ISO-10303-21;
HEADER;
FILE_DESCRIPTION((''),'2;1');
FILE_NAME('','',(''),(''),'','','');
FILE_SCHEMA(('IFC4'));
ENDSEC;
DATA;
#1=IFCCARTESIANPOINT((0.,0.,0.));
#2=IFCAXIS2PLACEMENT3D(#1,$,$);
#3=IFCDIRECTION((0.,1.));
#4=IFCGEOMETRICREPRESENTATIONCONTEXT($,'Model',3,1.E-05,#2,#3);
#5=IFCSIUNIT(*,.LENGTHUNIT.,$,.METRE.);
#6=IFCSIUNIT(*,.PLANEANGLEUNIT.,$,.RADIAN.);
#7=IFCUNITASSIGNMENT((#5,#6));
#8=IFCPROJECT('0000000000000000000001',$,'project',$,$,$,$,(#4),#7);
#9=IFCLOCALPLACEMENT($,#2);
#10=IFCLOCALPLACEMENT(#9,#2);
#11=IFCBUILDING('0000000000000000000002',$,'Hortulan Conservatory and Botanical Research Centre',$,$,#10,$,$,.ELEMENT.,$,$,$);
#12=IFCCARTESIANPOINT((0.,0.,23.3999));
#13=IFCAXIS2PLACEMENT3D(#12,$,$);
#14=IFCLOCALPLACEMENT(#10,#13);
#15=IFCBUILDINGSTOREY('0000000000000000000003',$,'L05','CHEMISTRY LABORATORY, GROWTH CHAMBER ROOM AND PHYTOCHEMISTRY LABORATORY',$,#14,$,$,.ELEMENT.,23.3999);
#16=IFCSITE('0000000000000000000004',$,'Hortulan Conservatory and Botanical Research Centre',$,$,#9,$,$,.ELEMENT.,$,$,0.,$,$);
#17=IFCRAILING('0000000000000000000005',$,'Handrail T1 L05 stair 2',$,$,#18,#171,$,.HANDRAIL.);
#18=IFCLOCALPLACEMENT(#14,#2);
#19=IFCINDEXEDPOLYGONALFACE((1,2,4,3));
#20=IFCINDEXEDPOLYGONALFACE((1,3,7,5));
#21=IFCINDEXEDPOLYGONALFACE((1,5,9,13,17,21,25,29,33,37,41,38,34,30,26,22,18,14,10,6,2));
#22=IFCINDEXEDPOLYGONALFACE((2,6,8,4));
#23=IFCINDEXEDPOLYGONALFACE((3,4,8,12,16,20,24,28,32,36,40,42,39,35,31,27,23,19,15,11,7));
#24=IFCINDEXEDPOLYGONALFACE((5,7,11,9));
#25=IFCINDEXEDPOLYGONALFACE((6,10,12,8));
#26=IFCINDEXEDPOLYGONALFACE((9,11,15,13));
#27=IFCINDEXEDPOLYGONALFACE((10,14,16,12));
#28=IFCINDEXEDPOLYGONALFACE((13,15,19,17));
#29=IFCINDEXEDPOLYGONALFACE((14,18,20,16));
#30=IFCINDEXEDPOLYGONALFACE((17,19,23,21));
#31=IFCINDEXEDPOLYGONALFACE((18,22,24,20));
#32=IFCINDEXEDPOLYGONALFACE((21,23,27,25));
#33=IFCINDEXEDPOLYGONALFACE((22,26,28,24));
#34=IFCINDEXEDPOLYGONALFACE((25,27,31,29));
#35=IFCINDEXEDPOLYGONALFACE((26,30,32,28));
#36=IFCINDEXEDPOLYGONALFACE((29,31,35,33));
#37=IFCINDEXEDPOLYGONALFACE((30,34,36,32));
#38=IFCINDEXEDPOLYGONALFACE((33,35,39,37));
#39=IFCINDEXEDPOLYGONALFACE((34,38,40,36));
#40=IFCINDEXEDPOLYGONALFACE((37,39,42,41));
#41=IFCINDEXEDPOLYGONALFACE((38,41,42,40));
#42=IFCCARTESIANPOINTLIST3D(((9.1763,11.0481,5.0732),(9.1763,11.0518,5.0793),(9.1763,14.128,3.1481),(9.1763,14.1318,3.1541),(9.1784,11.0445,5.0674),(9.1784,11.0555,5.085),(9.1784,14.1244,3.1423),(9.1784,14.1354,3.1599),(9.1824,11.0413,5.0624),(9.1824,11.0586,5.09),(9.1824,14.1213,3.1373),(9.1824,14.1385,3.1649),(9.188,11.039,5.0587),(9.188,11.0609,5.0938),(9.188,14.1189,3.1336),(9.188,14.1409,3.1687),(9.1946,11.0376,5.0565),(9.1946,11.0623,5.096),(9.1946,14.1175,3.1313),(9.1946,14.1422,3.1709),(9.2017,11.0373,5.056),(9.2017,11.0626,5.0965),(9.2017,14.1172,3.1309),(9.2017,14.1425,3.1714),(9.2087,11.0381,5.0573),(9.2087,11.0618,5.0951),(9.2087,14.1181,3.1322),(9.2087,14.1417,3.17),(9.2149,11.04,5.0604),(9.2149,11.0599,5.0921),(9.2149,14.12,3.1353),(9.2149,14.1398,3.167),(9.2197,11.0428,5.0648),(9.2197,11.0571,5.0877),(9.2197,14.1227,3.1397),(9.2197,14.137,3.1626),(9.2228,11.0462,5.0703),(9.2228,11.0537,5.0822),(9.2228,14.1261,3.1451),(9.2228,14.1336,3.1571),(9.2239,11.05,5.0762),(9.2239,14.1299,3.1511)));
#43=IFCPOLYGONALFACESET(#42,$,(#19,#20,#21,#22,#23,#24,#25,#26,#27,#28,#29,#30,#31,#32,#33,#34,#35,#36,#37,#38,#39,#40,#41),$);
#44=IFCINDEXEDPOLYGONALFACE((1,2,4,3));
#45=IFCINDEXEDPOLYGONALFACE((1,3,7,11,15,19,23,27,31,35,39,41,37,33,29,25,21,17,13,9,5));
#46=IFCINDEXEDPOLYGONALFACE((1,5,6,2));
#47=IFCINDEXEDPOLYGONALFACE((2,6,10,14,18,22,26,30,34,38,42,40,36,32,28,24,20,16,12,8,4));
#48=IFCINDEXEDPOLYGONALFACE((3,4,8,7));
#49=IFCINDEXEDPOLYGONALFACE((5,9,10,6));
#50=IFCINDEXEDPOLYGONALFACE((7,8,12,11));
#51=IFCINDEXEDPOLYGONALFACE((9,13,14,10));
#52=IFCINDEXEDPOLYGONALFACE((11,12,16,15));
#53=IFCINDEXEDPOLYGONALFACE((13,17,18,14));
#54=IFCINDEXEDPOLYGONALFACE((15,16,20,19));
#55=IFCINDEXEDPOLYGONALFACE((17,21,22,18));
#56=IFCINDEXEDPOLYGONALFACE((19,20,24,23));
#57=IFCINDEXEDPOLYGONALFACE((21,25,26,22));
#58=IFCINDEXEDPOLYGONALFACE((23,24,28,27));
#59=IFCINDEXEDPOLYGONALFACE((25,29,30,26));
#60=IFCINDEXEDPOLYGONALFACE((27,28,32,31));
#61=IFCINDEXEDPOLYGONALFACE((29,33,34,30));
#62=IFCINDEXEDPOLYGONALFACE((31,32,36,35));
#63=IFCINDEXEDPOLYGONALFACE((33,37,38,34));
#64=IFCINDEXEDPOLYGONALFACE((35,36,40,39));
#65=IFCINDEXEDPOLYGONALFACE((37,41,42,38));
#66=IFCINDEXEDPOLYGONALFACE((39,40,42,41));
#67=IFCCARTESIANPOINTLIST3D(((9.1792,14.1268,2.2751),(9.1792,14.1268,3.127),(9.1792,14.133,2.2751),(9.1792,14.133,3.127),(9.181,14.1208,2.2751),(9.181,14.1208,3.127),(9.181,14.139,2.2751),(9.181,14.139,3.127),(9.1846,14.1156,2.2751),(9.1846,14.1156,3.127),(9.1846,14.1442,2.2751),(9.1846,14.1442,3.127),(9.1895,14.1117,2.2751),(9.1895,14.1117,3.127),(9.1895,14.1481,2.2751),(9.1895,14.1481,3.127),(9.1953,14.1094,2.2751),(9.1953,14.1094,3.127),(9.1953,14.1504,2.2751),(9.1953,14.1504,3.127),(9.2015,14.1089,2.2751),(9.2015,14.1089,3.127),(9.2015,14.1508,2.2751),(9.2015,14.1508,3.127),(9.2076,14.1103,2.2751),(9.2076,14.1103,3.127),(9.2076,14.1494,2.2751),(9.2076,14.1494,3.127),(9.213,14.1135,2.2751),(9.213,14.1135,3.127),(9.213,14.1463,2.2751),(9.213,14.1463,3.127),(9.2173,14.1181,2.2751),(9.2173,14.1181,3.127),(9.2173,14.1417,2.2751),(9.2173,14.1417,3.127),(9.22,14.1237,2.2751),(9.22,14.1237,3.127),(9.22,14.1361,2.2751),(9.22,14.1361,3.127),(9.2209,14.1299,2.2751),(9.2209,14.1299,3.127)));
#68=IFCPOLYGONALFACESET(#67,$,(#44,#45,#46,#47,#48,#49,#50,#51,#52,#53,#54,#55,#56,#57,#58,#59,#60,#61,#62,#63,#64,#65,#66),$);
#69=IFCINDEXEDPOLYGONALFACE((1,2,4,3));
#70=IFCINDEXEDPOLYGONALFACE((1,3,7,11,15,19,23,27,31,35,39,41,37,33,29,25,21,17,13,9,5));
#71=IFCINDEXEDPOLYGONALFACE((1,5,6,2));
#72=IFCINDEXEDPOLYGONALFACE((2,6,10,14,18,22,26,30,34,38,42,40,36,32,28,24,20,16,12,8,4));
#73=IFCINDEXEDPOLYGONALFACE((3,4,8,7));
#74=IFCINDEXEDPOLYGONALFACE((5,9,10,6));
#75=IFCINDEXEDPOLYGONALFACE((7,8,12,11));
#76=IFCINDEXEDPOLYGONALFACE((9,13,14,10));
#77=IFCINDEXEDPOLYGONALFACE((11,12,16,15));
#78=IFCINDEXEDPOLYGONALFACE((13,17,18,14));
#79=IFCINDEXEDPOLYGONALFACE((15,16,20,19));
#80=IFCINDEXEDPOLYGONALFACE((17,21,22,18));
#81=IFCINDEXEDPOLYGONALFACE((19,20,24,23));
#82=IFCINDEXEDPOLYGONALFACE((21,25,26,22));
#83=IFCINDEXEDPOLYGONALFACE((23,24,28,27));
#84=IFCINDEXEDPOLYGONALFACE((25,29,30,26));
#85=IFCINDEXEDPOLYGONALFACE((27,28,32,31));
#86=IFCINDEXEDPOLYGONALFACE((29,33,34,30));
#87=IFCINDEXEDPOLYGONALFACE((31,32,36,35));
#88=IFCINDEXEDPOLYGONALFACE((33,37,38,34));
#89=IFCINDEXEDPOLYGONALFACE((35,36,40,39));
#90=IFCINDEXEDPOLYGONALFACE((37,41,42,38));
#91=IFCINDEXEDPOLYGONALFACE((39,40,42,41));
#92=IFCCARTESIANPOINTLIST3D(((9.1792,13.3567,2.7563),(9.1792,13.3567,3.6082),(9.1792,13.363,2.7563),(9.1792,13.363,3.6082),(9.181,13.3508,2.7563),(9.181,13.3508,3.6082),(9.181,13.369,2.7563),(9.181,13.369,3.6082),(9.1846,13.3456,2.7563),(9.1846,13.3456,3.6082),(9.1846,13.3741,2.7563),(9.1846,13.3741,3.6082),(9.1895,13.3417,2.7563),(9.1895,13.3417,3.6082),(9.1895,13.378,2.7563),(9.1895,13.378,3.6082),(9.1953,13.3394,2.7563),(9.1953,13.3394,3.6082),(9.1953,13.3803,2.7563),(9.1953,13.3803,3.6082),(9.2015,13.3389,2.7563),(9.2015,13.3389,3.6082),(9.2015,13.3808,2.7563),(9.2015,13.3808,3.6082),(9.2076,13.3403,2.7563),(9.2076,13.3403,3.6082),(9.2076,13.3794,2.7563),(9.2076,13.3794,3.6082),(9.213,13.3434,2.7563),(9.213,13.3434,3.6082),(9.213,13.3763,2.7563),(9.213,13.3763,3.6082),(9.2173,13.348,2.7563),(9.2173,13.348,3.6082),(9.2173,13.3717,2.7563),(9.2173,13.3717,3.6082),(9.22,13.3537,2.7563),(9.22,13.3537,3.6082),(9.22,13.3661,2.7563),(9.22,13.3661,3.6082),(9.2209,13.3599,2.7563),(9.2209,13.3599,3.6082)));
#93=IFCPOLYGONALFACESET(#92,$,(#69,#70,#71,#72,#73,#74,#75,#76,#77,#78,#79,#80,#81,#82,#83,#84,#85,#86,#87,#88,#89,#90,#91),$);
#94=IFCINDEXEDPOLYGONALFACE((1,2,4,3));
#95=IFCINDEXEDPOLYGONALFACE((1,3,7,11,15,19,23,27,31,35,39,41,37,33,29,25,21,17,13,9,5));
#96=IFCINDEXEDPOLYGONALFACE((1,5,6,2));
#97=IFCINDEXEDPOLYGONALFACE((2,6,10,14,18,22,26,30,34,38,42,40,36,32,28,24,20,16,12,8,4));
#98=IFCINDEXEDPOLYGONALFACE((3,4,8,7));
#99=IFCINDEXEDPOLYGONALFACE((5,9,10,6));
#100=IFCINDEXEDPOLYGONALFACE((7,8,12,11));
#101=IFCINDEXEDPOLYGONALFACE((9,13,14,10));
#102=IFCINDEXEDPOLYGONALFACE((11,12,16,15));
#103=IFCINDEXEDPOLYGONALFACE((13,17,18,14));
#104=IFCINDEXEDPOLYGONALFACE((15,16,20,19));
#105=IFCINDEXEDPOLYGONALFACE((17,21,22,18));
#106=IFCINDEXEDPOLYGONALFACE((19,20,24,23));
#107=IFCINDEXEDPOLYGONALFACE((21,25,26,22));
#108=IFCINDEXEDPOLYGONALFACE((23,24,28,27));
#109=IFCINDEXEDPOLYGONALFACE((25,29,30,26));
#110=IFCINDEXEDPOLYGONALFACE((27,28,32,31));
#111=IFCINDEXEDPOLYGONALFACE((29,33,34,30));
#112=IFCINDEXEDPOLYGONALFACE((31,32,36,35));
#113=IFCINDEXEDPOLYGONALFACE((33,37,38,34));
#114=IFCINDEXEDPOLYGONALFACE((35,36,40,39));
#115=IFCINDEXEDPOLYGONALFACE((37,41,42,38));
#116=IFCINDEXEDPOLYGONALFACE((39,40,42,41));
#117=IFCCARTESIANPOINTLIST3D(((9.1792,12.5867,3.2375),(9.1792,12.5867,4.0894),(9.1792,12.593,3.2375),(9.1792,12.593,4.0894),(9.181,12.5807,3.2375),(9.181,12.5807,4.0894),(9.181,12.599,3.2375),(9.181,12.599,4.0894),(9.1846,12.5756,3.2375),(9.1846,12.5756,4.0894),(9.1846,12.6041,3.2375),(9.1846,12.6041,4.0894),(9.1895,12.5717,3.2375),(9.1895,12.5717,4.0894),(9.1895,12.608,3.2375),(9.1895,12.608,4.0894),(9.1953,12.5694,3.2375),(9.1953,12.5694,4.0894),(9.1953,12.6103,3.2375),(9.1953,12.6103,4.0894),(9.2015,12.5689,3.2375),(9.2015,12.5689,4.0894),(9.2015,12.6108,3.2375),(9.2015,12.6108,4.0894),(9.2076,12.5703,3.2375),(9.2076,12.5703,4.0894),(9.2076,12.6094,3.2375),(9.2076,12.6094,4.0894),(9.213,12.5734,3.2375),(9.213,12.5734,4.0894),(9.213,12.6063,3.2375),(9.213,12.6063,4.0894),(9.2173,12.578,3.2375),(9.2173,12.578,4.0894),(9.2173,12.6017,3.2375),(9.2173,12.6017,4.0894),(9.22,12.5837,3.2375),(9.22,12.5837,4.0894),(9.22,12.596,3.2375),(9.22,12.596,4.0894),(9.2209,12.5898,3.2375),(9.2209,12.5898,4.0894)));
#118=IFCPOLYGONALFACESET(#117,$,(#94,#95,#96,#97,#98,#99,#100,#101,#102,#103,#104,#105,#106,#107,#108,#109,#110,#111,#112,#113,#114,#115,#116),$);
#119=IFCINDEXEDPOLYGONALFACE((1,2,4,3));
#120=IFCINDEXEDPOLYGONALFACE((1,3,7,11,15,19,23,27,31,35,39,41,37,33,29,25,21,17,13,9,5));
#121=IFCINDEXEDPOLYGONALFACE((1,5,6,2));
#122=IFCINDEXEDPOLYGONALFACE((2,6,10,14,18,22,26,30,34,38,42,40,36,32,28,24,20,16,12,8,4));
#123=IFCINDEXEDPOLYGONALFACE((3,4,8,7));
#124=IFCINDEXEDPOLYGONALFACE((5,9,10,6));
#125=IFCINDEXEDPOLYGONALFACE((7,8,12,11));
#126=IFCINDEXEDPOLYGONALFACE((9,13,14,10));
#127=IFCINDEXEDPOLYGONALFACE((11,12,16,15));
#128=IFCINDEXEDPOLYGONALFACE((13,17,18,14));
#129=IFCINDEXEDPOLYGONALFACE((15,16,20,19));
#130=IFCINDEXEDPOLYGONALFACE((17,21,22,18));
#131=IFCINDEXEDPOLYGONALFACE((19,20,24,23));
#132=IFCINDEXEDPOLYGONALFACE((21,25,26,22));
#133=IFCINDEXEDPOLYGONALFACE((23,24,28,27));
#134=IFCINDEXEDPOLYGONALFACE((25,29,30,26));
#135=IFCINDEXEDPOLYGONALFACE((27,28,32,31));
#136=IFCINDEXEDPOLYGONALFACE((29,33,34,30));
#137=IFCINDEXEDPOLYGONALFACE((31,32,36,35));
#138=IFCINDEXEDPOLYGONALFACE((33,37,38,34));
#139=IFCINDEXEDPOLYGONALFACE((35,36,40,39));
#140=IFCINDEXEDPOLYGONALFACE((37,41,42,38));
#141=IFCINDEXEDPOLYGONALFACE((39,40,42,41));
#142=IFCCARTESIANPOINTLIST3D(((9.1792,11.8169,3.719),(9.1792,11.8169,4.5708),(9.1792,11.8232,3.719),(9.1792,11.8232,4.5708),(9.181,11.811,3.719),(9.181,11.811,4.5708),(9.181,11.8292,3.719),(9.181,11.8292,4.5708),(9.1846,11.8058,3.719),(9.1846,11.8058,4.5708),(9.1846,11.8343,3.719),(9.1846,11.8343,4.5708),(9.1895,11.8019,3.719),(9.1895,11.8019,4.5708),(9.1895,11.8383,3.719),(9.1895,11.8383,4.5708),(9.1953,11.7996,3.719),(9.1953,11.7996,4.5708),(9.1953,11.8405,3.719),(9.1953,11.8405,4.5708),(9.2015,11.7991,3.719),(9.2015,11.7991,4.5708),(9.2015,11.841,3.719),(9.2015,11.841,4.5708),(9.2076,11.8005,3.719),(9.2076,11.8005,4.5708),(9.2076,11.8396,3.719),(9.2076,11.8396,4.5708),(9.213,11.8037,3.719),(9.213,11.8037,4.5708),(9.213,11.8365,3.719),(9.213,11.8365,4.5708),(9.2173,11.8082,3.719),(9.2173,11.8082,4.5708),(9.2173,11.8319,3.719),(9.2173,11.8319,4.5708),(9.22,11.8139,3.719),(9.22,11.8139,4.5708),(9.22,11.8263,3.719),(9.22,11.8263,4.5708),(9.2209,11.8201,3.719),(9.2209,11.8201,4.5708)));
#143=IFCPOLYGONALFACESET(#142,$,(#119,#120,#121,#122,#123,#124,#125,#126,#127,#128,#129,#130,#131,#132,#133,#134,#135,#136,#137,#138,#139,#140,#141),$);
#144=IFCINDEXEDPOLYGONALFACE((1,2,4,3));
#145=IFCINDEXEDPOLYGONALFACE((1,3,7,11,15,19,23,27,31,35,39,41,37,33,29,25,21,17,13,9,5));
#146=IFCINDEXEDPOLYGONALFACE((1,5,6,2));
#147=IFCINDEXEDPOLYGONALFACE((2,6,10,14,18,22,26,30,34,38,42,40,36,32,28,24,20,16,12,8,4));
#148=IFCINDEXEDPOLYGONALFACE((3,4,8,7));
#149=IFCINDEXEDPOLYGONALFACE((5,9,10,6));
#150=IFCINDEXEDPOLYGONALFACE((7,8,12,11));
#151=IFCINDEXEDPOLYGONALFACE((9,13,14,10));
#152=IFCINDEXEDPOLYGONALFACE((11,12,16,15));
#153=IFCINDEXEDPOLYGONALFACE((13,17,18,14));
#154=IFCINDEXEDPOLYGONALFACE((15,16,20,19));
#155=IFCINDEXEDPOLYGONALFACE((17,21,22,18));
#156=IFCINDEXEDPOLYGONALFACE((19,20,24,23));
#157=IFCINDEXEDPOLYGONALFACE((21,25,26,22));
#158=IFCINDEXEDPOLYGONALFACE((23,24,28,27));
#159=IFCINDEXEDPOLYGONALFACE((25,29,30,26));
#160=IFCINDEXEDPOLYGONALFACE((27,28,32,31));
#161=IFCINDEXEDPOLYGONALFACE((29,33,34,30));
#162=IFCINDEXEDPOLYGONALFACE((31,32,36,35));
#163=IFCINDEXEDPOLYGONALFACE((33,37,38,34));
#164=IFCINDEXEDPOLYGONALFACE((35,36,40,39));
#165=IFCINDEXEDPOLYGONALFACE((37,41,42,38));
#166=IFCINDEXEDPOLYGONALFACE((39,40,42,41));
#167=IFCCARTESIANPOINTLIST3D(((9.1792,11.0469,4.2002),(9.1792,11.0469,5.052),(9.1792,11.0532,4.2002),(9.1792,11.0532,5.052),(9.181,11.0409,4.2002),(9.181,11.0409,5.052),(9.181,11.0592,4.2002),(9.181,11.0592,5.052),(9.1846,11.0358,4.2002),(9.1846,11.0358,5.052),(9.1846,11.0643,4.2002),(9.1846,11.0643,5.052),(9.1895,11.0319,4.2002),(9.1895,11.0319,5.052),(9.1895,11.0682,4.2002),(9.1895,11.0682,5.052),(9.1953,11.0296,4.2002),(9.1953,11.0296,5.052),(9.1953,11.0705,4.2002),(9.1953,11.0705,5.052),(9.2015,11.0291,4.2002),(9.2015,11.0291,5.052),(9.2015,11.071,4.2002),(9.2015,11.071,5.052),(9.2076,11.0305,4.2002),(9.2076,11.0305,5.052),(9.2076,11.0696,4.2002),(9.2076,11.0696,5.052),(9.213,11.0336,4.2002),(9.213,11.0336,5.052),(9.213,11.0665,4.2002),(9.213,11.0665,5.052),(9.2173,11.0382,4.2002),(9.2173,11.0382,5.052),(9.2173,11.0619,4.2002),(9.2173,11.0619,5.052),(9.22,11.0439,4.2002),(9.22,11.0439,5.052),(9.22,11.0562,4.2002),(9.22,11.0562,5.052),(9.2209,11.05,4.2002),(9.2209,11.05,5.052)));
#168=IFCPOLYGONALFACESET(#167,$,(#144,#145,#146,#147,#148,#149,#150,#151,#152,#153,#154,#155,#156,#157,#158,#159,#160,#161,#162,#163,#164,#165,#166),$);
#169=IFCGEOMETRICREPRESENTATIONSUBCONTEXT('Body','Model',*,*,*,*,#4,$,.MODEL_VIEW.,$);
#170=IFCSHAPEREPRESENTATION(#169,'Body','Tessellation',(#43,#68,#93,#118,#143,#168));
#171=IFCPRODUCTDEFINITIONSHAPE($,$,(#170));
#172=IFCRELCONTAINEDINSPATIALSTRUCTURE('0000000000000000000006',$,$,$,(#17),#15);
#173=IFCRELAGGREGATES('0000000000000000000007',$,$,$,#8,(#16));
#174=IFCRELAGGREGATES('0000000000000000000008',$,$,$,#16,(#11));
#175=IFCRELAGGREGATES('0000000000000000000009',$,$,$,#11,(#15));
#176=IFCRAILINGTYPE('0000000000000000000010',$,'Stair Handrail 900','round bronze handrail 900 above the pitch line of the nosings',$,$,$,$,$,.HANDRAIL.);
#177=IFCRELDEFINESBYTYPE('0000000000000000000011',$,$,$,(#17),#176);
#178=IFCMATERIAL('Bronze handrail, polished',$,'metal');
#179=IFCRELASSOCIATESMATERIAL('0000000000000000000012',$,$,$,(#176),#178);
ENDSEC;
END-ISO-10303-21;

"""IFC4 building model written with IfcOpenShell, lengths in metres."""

from ifc_helpers import new_model, si_unit, direction, frame, origin, origin_2d, place, context, subcontext, project, spatial, circle, extrude, material, type_object, element, save


model = new_model("IFC4")

# Units and contexts
model_context = context("Model", 3, precision=1e-05, world=origin(), true_north=direction((0.0, 1.0)))
body_context = subcontext(model_context, "Body", "Model", "MODEL_VIEW")
ifc_project = project(units=[si_unit("LENGTHUNIT", "METRE"), si_unit("PLANEANGLEUNIT", "RADIAN")], contexts=[model_context])

# Site, building, storey
site_placement = place(None, origin())
site = spatial("IfcSite", under=ifc_project, at=site_placement, Name="Hortulan Conservatory and Botanical Research Centre", CompositionType="ELEMENT", RefElevation=0.0)
building_placement = place(site_placement, origin())
building = spatial("IfcBuilding", under=site, at=building_placement, Name="Hortulan Conservatory and Botanical Research Centre", CompositionType="ELEMENT")
storey_placement = place(building_placement, frame((0.0, 0.0, 23.3999)))
storey = spatial("IfcBuildingStorey", under=building, at=storey_placement, Name="L05", Description="CHEMISTRY LABORATORY, GROWTH CHAMBER ROOM AND PHYTOCHEMISTRY LABORATORY", CompositionType="ELEMENT", Elevation=23.3999)

# Railing
ifc_material_1 = material(Name="Bronze handrail, polished", Category="metal")
railing_type_1 = type_object("IfcRailingType", Name="Stair Handrail 900", Description="round bronze handrail 900 above the pitch line of the nosings", PredefinedType="HANDRAIL", material=ifc_material_1)
railing_1_placement = place(storey_placement, frame((9.2, 14.1299, 2.2751)))
element("IfcRailing", 1, at=railing_1_placement, inside=storey, type_object=railing_type_1, Name="Handrail T1 L05 stair 2", PredefinedType="HANDRAIL", context=body_context, shape_type="SweptSolid", body=[
    extrude(circle(Radius=0.0239, at=origin_2d()), frame((0.0, 0.0, 0.876), z_axis=(0.0, -0.847979, 0.530029), x_axis=(1.0, 0.0, 0.0)), (0.0, 0.0, 1.0), 3.6321),
    extrude(circle(Radius=0.021, at=origin_2d()), origin(), (0.0, 0.0, 1.0), 0.8518),
    extrude(circle(Radius=0.021, at=origin_2d()), frame((0.0, -0.77, 0.4812)), (0.0, 0.0, 1.0), 0.8518),
    extrude(circle(Radius=0.021, at=origin_2d()), frame((0.0, -1.54, 0.9624)), (0.0, 0.0, 1.0), 0.8518),
    extrude(circle(Radius=0.021, at=origin_2d()), frame((0.0, -2.3098, 1.4438)), (0.0, 0.0, 1.0), 0.8518),
    extrude(circle(Radius=0.021, at=origin_2d()), frame((0.0, -3.0798, 1.925)), (0.0, 0.0, 1.0), 0.8518),
])

save(model, "model.ifc")
